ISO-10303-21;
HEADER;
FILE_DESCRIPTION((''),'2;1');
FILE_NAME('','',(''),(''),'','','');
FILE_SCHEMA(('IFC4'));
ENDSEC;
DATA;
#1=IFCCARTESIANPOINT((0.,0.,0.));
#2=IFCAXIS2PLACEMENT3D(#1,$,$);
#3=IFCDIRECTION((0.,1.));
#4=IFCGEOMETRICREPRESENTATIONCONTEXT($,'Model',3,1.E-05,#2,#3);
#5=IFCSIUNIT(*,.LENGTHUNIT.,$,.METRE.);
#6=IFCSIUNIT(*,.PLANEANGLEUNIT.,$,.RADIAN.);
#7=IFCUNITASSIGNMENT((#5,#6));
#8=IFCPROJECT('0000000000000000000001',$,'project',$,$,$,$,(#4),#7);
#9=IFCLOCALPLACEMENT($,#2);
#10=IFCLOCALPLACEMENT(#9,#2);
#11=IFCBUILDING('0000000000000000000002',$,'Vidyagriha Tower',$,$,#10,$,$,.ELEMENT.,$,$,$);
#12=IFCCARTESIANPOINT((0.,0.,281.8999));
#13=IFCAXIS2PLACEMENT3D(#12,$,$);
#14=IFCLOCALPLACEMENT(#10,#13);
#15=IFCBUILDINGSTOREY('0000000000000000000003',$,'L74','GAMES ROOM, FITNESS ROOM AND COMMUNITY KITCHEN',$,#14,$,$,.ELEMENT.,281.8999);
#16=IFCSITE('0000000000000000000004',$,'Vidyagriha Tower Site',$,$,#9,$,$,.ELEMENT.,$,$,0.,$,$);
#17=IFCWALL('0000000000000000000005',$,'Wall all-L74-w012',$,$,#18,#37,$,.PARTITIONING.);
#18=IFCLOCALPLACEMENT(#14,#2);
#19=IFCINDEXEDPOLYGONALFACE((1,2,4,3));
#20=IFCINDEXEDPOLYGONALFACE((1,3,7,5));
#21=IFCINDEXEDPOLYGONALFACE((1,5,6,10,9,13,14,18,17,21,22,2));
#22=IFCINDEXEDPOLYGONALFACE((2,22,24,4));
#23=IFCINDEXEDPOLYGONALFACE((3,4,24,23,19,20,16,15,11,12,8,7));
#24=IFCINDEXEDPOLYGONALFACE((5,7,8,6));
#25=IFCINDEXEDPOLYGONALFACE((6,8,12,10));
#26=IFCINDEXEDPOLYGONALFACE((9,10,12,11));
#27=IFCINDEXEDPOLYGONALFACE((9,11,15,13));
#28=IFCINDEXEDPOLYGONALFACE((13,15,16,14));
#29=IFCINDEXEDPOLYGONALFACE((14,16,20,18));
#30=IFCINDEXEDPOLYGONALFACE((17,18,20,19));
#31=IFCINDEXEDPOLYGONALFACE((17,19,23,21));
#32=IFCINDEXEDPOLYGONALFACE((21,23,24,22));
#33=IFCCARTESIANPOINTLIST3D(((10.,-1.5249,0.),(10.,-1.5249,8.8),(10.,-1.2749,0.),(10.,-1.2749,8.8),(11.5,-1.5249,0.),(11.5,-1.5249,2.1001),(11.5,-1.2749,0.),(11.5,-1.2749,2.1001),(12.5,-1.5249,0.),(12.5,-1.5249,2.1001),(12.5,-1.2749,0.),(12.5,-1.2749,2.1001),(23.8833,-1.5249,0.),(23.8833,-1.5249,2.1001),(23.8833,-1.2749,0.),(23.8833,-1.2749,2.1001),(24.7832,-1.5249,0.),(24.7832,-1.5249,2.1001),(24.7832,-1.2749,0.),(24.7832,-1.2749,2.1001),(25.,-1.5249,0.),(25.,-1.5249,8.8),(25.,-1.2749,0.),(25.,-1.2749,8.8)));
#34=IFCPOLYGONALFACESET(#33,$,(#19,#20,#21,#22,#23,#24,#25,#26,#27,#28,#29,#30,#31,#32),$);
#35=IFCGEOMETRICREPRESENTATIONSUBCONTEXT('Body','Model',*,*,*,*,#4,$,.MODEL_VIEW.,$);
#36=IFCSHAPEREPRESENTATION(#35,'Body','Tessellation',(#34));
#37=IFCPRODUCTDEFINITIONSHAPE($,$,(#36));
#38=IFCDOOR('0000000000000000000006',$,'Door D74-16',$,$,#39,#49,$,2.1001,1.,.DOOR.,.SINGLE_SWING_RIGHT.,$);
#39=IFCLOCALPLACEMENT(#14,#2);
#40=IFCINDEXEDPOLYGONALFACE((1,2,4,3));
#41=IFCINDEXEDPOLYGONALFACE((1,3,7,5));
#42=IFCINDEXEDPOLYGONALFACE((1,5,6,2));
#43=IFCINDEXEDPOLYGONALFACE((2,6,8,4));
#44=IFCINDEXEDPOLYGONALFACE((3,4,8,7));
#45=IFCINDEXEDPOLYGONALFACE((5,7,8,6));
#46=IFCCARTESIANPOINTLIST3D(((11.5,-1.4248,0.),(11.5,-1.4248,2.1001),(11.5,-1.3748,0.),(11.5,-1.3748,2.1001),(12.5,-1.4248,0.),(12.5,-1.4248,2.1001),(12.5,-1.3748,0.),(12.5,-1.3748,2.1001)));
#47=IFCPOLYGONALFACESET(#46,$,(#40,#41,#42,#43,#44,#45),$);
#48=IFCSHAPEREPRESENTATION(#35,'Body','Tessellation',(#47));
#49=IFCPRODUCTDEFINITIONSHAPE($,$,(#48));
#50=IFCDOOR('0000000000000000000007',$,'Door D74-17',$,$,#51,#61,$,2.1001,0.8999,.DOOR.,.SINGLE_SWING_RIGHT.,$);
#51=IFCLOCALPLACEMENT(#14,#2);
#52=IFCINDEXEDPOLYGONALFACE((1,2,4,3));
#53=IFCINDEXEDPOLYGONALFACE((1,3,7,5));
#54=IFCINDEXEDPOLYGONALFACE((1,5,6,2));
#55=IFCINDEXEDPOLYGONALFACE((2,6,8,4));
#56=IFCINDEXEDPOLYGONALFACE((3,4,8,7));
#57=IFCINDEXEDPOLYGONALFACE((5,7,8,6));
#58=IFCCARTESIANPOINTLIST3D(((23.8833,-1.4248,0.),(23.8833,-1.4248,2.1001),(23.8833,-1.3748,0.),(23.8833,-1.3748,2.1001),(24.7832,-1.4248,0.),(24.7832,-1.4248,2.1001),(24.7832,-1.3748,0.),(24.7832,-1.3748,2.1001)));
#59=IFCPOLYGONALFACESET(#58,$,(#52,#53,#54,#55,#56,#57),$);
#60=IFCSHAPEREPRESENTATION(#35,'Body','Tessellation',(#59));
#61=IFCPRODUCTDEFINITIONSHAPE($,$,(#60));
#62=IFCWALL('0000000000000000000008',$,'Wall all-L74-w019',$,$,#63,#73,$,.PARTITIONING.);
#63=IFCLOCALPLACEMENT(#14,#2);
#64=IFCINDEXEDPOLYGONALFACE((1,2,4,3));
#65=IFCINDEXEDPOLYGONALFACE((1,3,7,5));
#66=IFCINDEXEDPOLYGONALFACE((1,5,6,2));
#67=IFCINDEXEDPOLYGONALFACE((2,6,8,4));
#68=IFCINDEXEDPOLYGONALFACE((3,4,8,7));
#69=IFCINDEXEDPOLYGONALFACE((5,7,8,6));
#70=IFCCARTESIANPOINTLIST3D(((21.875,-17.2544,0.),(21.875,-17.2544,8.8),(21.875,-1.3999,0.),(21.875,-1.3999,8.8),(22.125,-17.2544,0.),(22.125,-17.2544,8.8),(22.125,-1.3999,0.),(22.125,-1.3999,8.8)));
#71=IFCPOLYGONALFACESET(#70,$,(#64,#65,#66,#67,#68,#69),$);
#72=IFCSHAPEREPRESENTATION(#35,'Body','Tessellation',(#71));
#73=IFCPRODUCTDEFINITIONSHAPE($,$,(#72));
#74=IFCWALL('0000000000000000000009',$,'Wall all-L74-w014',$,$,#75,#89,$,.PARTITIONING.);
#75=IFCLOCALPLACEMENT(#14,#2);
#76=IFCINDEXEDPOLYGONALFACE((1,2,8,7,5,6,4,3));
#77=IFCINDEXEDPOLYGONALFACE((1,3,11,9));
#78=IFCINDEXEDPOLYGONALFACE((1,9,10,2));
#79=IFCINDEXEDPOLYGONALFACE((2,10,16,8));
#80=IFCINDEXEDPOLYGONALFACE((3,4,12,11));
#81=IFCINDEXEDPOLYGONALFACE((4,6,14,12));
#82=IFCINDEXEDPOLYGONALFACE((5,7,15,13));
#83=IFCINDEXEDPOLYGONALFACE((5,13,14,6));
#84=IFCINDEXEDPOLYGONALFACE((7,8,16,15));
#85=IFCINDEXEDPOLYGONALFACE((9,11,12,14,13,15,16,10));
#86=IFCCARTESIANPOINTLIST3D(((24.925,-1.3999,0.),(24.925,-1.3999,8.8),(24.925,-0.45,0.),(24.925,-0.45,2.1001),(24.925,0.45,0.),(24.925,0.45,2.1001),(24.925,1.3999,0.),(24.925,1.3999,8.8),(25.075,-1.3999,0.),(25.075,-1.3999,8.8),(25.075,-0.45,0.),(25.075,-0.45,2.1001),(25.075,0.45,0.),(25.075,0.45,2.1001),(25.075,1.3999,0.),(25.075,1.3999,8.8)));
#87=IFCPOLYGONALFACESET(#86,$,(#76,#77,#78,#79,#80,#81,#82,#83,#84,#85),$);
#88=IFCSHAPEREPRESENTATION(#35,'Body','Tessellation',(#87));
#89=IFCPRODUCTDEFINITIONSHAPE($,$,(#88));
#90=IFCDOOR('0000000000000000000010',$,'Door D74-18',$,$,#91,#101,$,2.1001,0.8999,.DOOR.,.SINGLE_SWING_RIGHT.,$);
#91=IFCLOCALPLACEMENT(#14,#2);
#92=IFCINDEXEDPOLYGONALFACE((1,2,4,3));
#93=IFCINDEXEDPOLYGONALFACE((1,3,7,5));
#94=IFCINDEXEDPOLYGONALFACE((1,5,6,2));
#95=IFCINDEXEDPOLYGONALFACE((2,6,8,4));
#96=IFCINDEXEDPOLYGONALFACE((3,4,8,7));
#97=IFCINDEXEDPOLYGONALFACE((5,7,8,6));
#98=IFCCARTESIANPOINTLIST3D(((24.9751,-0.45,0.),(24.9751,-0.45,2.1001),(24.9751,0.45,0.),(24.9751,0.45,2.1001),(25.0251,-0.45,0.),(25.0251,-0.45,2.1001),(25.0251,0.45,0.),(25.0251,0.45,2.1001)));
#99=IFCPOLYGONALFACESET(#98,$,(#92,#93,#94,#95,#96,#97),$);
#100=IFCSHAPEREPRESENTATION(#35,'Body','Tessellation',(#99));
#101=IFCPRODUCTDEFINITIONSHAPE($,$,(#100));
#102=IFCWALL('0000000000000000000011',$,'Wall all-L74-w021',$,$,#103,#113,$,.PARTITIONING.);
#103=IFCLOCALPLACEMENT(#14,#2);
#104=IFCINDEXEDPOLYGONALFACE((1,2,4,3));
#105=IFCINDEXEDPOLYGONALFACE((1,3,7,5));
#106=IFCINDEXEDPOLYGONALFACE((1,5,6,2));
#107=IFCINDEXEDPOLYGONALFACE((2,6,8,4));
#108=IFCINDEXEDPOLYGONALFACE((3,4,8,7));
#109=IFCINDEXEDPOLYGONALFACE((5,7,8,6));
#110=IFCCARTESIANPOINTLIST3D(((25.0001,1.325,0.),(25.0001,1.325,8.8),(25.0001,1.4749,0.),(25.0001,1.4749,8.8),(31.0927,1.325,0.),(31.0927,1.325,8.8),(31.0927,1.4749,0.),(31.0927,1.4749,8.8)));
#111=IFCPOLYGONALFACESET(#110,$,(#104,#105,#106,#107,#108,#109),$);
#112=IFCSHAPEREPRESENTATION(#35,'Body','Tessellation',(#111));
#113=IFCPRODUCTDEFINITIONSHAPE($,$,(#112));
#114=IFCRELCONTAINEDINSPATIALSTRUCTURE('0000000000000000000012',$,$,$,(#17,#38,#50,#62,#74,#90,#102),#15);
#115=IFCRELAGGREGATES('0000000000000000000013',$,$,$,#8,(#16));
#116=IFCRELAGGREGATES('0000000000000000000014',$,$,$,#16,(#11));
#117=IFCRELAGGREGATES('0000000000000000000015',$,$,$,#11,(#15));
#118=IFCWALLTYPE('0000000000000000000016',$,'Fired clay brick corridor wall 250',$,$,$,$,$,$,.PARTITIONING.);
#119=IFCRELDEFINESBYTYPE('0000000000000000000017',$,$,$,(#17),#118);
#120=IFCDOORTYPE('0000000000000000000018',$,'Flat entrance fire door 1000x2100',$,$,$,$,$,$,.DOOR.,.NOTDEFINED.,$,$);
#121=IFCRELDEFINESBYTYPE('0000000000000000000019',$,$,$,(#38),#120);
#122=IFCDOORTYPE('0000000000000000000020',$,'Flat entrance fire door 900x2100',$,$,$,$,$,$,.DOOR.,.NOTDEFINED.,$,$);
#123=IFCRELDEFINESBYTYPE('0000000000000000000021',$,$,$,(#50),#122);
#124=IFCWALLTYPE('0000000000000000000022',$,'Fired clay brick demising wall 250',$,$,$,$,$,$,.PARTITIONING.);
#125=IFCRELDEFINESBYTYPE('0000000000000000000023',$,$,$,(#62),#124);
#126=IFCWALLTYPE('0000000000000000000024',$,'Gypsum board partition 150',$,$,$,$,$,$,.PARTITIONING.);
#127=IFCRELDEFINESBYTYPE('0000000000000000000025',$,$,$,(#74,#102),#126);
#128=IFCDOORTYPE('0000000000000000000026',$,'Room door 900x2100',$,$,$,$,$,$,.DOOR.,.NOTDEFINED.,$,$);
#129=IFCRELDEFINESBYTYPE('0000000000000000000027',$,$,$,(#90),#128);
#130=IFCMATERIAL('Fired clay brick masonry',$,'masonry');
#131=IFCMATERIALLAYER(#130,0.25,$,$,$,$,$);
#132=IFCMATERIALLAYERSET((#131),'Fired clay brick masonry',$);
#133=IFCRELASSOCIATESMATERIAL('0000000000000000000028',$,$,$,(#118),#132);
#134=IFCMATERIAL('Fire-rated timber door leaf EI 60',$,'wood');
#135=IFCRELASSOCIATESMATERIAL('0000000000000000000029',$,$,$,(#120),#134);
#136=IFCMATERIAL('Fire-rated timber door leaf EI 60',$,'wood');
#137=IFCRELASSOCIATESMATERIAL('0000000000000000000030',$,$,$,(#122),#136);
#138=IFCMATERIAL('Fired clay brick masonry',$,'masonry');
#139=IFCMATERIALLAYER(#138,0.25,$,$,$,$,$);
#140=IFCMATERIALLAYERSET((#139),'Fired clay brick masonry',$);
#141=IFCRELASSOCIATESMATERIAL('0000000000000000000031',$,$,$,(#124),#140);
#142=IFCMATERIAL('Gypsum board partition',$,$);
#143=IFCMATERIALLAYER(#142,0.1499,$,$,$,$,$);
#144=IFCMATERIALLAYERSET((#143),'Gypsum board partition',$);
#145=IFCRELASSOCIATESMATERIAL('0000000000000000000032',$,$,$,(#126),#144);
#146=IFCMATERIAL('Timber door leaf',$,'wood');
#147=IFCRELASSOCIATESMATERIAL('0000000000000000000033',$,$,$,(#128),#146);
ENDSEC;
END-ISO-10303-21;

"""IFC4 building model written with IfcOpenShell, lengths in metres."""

from ifc_helpers import new_model, si_unit, direction, frame, frame_2d, origin, place, context, subcontext, project, spatial, rectangle, extrude, material, layer, layer_set, type_object, element, fill, save


model = new_model("IFC4")

# Units and contexts
model_context = context("Model", 3, precision=1e-05, world=origin(), true_north=direction((0.0, 1.0)))
body_context = subcontext(model_context, "Body", "Model", "MODEL_VIEW")
ifc_project = project(units=[si_unit("LENGTHUNIT", "METRE"), si_unit("PLANEANGLEUNIT", "RADIAN")], contexts=[model_context])

# Site, building, storey
site_placement = place(None, origin())
site = spatial("IfcSite", under=ifc_project, at=site_placement, Name="Vidyagriha Tower Site", CompositionType="ELEMENT", RefElevation=0.0)
building_placement = place(site_placement, origin())
building = spatial("IfcBuilding", under=site, at=building_placement, Name="Vidyagriha Tower", CompositionType="ELEMENT")
storey_placement = place(building_placement, frame((0.0, 0.0, 281.8999)))
storey = spatial("IfcBuildingStorey", under=building, at=storey_placement, Name="L74", Description="GAMES ROOM, FITNESS ROOM AND COMMUNITY KITCHEN", CompositionType="ELEMENT", Elevation=281.8999)

# Wall, openings, doors
ifc_material_1 = material(Name="Fired clay brick masonry", Category="masonry")
ifc_layer_1 = layer(ifc_material_1, 0.25)
ifc_layer_set_1 = layer_set([ifc_layer_1], Name="Fired clay brick masonry")
wall_type_1 = type_object("IfcWallType", Name="Fired clay brick corridor wall 250", PredefinedType="PARTITIONING", material=ifc_layer_set_1)
wall_1_placement = place(storey_placement, frame((25.0, -1.3999, 0.0), z_axis=(0.0, 0.0, 1.0), x_axis=(-1.0, 0.0, 0.0)))
wall_1 = element("IfcWall", 1, at=wall_1_placement, inside=storey, type_object=wall_type_1, Name="Wall all-L74-w012", PredefinedType="PARTITIONING", context=body_context, shape_type="SweptSolid", body=[
    extrude(rectangle(XDim=15.0, YDim=0.25, at=frame_2d((7.5, 0.0))), origin(), (0.0, 0.0, 1.0), 8.8),
])
opening_1_placement = place(wall_1_placement, frame((12.5, 0.0, 0.0)))
opening_1 = element("IfcOpeningElement", 2, at=opening_1_placement, cuts=wall_1, PredefinedType="OPENING", context=body_context, shape_type="SweptSolid", body=[
    extrude(rectangle(XDim=1.0, YDim=2.1001, at=frame_2d((0.5, 1.05))), frame((0.0, 0.135, 0.0), z_axis=(0.0, -1.0, 0.0), x_axis=(1.0, 0.0, 0.0)), (0.0, 0.0, 1.0), 0.27),
])
opening_2_placement = place(wall_1_placement, frame((0.2168, 0.0, 0.0)))
opening_2 = element("IfcOpeningElement", 3, at=opening_2_placement, cuts=wall_1, PredefinedType="OPENING", context=body_context, shape_type="SweptSolid", body=[
    extrude(rectangle(XDim=0.8999, YDim=2.1001, at=frame_2d((0.45, 1.05))), frame((0.0, 0.135, 0.0), z_axis=(0.0, -1.0, 0.0), x_axis=(1.0, 0.0, 0.0)), (0.0, 0.0, 1.0), 0.27),
])
ifc_material_2 = material(Name="Fire-rated timber door leaf EI 60", Category="wood")
door_type_1 = type_object("IfcDoorType", Name="Flat entrance fire door 1000x2100", OperationType="NOTDEFINED", PredefinedType="DOOR", material=ifc_material_2)
door_1_placement = place(opening_1_placement, origin())
door_1 = element("IfcDoor", 4, at=door_1_placement, inside=storey, type_object=door_type_1, Name="Door D74-16", OperationType="SINGLE_SWING_RIGHT", OverallHeight=2.1001, OverallWidth=1.0, PredefinedType="DOOR", context=body_context, shape_type="SweptSolid", body=[
    extrude(rectangle(XDim=1.0, YDim=2.1001, at=frame_2d((0.5, 1.05))), frame((0.0, 0.0249, 0.0), z_axis=(0.0, -1.0, 0.0), x_axis=(1.0, 0.0, 0.0)), (0.0, 0.0, 1.0), 0.05),
])
fill(opening_1, door_1)
ifc_material_3 = material(Name="Fire-rated timber door leaf EI 60", Category="wood")
door_type_2 = type_object("IfcDoorType", Name="Flat entrance fire door 900x2100", OperationType="NOTDEFINED", PredefinedType="DOOR", material=ifc_material_3)
door_2_placement = place(opening_2_placement, origin())
door_2 = element("IfcDoor", 5, at=door_2_placement, inside=storey, type_object=door_type_2, Name="Door D74-17", OperationType="SINGLE_SWING_RIGHT", OverallHeight=2.1001, OverallWidth=0.8999, PredefinedType="DOOR", context=body_context, shape_type="SweptSolid", body=[
    extrude(rectangle(XDim=0.8999, YDim=2.1001, at=frame_2d((0.45, 1.05))), frame((0.0, 0.0249, 0.0), z_axis=(0.0, -1.0, 0.0), x_axis=(1.0, 0.0, 0.0)), (0.0, 0.0, 1.0), 0.05),
])
fill(opening_2, door_2)

# Wall
ifc_material_4 = material(Name="Fired clay brick masonry", Category="masonry")
ifc_layer_2 = layer(ifc_material_4, 0.25)
ifc_layer_set_2 = layer_set([ifc_layer_2], Name="Fired clay brick masonry")
wall_type_2 = type_object("IfcWallType", Name="Fired clay brick demising wall 250", PredefinedType="PARTITIONING", material=ifc_layer_set_2)
wall_2_placement = place(storey_placement, frame((22.0, -1.3999, 0.0), z_axis=(0.0, 0.0, 1.0), x_axis=(0.0, -1.0, 0.0)))
element("IfcWall", 6, at=wall_2_placement, inside=storey, type_object=wall_type_2, Name="Wall all-L74-w019", PredefinedType="PARTITIONING", context=body_context, shape_type="SweptSolid", body=[
    extrude(rectangle(XDim=15.8545, YDim=0.25, at=frame_2d((7.9272, 0.0))), origin(), (0.0, 0.0, 1.0), 8.8),
])

# Wall, opening, door
ifc_material_5 = material(Name="Gypsum board partition")
ifc_layer_3 = layer(ifc_material_5, 0.1499)
ifc_layer_set_3 = layer_set([ifc_layer_3], Name="Gypsum board partition")
wall_type_3 = type_object("IfcWallType", Name="Gypsum board partition 150", PredefinedType="PARTITIONING", material=ifc_layer_set_3)
wall_3_placement = place(storey_placement, frame((25.0, -1.3999, 0.0), z_axis=(0.0, 0.0, 1.0), x_axis=(0.0, 1.0, 0.0)))
wall_3 = element("IfcWall", 7, at=wall_3_placement, inside=storey, type_object=wall_type_3, Name="Wall all-L74-w014", PredefinedType="PARTITIONING", context=body_context, shape_type="SweptSolid", body=[
    extrude(rectangle(XDim=2.7998, YDim=0.1499, at=frame_2d((1.3999, 0.0))), origin(), (0.0, 0.0, 1.0), 8.8),
])
opening_3_placement = place(wall_3_placement, frame((0.95, 0.0, 0.0)))
opening_3 = element("IfcOpeningElement", 8, at=opening_3_placement, cuts=wall_3, PredefinedType="OPENING", context=body_context, shape_type="SweptSolid", body=[
    extrude(rectangle(XDim=0.8999, YDim=2.1001, at=frame_2d((0.45, 1.05))), frame((0.0, 0.085, 0.0), z_axis=(0.0, -1.0, 0.0), x_axis=(1.0, 0.0, 0.0)), (0.0, 0.0, 1.0), 0.1699),
])
ifc_material_6 = material(Name="Timber door leaf", Category="wood")
door_type_3 = type_object("IfcDoorType", Name="Room door 900x2100", OperationType="NOTDEFINED", PredefinedType="DOOR", material=ifc_material_6)
door_3_placement = place(opening_3_placement, origin())
door_3 = element("IfcDoor", 9, at=door_3_placement, inside=storey, type_object=door_type_3, Name="Door D74-18", OperationType="SINGLE_SWING_RIGHT", OverallHeight=2.1001, OverallWidth=0.8999, PredefinedType="DOOR", context=body_context, shape_type="SweptSolid", body=[
    extrude(rectangle(XDim=0.8999, YDim=2.1001, at=frame_2d((0.45, 1.05))), frame((0.0, 0.0249, 0.0), z_axis=(0.0, -1.0, 0.0), x_axis=(1.0, 0.0, 0.0)), (0.0, 0.0, 1.0), 0.05),
])
fill(opening_3, door_3)

# Wall
wall_4_placement = place(storey_placement, frame((25.0, 1.3999, 0.0)))
element("IfcWall", 10, at=wall_4_placement, inside=storey, type_object=wall_type_3, Name="Wall all-L74-w021", PredefinedType="PARTITIONING", context=body_context, shape_type="SweptSolid", body=[
    extrude(rectangle(XDim=6.0925, YDim=0.1499, at=frame_2d((3.0464, 0.0))), origin(), (0.0, 0.0, 1.0), 8.8),
])

save(model, "model.ifc")
